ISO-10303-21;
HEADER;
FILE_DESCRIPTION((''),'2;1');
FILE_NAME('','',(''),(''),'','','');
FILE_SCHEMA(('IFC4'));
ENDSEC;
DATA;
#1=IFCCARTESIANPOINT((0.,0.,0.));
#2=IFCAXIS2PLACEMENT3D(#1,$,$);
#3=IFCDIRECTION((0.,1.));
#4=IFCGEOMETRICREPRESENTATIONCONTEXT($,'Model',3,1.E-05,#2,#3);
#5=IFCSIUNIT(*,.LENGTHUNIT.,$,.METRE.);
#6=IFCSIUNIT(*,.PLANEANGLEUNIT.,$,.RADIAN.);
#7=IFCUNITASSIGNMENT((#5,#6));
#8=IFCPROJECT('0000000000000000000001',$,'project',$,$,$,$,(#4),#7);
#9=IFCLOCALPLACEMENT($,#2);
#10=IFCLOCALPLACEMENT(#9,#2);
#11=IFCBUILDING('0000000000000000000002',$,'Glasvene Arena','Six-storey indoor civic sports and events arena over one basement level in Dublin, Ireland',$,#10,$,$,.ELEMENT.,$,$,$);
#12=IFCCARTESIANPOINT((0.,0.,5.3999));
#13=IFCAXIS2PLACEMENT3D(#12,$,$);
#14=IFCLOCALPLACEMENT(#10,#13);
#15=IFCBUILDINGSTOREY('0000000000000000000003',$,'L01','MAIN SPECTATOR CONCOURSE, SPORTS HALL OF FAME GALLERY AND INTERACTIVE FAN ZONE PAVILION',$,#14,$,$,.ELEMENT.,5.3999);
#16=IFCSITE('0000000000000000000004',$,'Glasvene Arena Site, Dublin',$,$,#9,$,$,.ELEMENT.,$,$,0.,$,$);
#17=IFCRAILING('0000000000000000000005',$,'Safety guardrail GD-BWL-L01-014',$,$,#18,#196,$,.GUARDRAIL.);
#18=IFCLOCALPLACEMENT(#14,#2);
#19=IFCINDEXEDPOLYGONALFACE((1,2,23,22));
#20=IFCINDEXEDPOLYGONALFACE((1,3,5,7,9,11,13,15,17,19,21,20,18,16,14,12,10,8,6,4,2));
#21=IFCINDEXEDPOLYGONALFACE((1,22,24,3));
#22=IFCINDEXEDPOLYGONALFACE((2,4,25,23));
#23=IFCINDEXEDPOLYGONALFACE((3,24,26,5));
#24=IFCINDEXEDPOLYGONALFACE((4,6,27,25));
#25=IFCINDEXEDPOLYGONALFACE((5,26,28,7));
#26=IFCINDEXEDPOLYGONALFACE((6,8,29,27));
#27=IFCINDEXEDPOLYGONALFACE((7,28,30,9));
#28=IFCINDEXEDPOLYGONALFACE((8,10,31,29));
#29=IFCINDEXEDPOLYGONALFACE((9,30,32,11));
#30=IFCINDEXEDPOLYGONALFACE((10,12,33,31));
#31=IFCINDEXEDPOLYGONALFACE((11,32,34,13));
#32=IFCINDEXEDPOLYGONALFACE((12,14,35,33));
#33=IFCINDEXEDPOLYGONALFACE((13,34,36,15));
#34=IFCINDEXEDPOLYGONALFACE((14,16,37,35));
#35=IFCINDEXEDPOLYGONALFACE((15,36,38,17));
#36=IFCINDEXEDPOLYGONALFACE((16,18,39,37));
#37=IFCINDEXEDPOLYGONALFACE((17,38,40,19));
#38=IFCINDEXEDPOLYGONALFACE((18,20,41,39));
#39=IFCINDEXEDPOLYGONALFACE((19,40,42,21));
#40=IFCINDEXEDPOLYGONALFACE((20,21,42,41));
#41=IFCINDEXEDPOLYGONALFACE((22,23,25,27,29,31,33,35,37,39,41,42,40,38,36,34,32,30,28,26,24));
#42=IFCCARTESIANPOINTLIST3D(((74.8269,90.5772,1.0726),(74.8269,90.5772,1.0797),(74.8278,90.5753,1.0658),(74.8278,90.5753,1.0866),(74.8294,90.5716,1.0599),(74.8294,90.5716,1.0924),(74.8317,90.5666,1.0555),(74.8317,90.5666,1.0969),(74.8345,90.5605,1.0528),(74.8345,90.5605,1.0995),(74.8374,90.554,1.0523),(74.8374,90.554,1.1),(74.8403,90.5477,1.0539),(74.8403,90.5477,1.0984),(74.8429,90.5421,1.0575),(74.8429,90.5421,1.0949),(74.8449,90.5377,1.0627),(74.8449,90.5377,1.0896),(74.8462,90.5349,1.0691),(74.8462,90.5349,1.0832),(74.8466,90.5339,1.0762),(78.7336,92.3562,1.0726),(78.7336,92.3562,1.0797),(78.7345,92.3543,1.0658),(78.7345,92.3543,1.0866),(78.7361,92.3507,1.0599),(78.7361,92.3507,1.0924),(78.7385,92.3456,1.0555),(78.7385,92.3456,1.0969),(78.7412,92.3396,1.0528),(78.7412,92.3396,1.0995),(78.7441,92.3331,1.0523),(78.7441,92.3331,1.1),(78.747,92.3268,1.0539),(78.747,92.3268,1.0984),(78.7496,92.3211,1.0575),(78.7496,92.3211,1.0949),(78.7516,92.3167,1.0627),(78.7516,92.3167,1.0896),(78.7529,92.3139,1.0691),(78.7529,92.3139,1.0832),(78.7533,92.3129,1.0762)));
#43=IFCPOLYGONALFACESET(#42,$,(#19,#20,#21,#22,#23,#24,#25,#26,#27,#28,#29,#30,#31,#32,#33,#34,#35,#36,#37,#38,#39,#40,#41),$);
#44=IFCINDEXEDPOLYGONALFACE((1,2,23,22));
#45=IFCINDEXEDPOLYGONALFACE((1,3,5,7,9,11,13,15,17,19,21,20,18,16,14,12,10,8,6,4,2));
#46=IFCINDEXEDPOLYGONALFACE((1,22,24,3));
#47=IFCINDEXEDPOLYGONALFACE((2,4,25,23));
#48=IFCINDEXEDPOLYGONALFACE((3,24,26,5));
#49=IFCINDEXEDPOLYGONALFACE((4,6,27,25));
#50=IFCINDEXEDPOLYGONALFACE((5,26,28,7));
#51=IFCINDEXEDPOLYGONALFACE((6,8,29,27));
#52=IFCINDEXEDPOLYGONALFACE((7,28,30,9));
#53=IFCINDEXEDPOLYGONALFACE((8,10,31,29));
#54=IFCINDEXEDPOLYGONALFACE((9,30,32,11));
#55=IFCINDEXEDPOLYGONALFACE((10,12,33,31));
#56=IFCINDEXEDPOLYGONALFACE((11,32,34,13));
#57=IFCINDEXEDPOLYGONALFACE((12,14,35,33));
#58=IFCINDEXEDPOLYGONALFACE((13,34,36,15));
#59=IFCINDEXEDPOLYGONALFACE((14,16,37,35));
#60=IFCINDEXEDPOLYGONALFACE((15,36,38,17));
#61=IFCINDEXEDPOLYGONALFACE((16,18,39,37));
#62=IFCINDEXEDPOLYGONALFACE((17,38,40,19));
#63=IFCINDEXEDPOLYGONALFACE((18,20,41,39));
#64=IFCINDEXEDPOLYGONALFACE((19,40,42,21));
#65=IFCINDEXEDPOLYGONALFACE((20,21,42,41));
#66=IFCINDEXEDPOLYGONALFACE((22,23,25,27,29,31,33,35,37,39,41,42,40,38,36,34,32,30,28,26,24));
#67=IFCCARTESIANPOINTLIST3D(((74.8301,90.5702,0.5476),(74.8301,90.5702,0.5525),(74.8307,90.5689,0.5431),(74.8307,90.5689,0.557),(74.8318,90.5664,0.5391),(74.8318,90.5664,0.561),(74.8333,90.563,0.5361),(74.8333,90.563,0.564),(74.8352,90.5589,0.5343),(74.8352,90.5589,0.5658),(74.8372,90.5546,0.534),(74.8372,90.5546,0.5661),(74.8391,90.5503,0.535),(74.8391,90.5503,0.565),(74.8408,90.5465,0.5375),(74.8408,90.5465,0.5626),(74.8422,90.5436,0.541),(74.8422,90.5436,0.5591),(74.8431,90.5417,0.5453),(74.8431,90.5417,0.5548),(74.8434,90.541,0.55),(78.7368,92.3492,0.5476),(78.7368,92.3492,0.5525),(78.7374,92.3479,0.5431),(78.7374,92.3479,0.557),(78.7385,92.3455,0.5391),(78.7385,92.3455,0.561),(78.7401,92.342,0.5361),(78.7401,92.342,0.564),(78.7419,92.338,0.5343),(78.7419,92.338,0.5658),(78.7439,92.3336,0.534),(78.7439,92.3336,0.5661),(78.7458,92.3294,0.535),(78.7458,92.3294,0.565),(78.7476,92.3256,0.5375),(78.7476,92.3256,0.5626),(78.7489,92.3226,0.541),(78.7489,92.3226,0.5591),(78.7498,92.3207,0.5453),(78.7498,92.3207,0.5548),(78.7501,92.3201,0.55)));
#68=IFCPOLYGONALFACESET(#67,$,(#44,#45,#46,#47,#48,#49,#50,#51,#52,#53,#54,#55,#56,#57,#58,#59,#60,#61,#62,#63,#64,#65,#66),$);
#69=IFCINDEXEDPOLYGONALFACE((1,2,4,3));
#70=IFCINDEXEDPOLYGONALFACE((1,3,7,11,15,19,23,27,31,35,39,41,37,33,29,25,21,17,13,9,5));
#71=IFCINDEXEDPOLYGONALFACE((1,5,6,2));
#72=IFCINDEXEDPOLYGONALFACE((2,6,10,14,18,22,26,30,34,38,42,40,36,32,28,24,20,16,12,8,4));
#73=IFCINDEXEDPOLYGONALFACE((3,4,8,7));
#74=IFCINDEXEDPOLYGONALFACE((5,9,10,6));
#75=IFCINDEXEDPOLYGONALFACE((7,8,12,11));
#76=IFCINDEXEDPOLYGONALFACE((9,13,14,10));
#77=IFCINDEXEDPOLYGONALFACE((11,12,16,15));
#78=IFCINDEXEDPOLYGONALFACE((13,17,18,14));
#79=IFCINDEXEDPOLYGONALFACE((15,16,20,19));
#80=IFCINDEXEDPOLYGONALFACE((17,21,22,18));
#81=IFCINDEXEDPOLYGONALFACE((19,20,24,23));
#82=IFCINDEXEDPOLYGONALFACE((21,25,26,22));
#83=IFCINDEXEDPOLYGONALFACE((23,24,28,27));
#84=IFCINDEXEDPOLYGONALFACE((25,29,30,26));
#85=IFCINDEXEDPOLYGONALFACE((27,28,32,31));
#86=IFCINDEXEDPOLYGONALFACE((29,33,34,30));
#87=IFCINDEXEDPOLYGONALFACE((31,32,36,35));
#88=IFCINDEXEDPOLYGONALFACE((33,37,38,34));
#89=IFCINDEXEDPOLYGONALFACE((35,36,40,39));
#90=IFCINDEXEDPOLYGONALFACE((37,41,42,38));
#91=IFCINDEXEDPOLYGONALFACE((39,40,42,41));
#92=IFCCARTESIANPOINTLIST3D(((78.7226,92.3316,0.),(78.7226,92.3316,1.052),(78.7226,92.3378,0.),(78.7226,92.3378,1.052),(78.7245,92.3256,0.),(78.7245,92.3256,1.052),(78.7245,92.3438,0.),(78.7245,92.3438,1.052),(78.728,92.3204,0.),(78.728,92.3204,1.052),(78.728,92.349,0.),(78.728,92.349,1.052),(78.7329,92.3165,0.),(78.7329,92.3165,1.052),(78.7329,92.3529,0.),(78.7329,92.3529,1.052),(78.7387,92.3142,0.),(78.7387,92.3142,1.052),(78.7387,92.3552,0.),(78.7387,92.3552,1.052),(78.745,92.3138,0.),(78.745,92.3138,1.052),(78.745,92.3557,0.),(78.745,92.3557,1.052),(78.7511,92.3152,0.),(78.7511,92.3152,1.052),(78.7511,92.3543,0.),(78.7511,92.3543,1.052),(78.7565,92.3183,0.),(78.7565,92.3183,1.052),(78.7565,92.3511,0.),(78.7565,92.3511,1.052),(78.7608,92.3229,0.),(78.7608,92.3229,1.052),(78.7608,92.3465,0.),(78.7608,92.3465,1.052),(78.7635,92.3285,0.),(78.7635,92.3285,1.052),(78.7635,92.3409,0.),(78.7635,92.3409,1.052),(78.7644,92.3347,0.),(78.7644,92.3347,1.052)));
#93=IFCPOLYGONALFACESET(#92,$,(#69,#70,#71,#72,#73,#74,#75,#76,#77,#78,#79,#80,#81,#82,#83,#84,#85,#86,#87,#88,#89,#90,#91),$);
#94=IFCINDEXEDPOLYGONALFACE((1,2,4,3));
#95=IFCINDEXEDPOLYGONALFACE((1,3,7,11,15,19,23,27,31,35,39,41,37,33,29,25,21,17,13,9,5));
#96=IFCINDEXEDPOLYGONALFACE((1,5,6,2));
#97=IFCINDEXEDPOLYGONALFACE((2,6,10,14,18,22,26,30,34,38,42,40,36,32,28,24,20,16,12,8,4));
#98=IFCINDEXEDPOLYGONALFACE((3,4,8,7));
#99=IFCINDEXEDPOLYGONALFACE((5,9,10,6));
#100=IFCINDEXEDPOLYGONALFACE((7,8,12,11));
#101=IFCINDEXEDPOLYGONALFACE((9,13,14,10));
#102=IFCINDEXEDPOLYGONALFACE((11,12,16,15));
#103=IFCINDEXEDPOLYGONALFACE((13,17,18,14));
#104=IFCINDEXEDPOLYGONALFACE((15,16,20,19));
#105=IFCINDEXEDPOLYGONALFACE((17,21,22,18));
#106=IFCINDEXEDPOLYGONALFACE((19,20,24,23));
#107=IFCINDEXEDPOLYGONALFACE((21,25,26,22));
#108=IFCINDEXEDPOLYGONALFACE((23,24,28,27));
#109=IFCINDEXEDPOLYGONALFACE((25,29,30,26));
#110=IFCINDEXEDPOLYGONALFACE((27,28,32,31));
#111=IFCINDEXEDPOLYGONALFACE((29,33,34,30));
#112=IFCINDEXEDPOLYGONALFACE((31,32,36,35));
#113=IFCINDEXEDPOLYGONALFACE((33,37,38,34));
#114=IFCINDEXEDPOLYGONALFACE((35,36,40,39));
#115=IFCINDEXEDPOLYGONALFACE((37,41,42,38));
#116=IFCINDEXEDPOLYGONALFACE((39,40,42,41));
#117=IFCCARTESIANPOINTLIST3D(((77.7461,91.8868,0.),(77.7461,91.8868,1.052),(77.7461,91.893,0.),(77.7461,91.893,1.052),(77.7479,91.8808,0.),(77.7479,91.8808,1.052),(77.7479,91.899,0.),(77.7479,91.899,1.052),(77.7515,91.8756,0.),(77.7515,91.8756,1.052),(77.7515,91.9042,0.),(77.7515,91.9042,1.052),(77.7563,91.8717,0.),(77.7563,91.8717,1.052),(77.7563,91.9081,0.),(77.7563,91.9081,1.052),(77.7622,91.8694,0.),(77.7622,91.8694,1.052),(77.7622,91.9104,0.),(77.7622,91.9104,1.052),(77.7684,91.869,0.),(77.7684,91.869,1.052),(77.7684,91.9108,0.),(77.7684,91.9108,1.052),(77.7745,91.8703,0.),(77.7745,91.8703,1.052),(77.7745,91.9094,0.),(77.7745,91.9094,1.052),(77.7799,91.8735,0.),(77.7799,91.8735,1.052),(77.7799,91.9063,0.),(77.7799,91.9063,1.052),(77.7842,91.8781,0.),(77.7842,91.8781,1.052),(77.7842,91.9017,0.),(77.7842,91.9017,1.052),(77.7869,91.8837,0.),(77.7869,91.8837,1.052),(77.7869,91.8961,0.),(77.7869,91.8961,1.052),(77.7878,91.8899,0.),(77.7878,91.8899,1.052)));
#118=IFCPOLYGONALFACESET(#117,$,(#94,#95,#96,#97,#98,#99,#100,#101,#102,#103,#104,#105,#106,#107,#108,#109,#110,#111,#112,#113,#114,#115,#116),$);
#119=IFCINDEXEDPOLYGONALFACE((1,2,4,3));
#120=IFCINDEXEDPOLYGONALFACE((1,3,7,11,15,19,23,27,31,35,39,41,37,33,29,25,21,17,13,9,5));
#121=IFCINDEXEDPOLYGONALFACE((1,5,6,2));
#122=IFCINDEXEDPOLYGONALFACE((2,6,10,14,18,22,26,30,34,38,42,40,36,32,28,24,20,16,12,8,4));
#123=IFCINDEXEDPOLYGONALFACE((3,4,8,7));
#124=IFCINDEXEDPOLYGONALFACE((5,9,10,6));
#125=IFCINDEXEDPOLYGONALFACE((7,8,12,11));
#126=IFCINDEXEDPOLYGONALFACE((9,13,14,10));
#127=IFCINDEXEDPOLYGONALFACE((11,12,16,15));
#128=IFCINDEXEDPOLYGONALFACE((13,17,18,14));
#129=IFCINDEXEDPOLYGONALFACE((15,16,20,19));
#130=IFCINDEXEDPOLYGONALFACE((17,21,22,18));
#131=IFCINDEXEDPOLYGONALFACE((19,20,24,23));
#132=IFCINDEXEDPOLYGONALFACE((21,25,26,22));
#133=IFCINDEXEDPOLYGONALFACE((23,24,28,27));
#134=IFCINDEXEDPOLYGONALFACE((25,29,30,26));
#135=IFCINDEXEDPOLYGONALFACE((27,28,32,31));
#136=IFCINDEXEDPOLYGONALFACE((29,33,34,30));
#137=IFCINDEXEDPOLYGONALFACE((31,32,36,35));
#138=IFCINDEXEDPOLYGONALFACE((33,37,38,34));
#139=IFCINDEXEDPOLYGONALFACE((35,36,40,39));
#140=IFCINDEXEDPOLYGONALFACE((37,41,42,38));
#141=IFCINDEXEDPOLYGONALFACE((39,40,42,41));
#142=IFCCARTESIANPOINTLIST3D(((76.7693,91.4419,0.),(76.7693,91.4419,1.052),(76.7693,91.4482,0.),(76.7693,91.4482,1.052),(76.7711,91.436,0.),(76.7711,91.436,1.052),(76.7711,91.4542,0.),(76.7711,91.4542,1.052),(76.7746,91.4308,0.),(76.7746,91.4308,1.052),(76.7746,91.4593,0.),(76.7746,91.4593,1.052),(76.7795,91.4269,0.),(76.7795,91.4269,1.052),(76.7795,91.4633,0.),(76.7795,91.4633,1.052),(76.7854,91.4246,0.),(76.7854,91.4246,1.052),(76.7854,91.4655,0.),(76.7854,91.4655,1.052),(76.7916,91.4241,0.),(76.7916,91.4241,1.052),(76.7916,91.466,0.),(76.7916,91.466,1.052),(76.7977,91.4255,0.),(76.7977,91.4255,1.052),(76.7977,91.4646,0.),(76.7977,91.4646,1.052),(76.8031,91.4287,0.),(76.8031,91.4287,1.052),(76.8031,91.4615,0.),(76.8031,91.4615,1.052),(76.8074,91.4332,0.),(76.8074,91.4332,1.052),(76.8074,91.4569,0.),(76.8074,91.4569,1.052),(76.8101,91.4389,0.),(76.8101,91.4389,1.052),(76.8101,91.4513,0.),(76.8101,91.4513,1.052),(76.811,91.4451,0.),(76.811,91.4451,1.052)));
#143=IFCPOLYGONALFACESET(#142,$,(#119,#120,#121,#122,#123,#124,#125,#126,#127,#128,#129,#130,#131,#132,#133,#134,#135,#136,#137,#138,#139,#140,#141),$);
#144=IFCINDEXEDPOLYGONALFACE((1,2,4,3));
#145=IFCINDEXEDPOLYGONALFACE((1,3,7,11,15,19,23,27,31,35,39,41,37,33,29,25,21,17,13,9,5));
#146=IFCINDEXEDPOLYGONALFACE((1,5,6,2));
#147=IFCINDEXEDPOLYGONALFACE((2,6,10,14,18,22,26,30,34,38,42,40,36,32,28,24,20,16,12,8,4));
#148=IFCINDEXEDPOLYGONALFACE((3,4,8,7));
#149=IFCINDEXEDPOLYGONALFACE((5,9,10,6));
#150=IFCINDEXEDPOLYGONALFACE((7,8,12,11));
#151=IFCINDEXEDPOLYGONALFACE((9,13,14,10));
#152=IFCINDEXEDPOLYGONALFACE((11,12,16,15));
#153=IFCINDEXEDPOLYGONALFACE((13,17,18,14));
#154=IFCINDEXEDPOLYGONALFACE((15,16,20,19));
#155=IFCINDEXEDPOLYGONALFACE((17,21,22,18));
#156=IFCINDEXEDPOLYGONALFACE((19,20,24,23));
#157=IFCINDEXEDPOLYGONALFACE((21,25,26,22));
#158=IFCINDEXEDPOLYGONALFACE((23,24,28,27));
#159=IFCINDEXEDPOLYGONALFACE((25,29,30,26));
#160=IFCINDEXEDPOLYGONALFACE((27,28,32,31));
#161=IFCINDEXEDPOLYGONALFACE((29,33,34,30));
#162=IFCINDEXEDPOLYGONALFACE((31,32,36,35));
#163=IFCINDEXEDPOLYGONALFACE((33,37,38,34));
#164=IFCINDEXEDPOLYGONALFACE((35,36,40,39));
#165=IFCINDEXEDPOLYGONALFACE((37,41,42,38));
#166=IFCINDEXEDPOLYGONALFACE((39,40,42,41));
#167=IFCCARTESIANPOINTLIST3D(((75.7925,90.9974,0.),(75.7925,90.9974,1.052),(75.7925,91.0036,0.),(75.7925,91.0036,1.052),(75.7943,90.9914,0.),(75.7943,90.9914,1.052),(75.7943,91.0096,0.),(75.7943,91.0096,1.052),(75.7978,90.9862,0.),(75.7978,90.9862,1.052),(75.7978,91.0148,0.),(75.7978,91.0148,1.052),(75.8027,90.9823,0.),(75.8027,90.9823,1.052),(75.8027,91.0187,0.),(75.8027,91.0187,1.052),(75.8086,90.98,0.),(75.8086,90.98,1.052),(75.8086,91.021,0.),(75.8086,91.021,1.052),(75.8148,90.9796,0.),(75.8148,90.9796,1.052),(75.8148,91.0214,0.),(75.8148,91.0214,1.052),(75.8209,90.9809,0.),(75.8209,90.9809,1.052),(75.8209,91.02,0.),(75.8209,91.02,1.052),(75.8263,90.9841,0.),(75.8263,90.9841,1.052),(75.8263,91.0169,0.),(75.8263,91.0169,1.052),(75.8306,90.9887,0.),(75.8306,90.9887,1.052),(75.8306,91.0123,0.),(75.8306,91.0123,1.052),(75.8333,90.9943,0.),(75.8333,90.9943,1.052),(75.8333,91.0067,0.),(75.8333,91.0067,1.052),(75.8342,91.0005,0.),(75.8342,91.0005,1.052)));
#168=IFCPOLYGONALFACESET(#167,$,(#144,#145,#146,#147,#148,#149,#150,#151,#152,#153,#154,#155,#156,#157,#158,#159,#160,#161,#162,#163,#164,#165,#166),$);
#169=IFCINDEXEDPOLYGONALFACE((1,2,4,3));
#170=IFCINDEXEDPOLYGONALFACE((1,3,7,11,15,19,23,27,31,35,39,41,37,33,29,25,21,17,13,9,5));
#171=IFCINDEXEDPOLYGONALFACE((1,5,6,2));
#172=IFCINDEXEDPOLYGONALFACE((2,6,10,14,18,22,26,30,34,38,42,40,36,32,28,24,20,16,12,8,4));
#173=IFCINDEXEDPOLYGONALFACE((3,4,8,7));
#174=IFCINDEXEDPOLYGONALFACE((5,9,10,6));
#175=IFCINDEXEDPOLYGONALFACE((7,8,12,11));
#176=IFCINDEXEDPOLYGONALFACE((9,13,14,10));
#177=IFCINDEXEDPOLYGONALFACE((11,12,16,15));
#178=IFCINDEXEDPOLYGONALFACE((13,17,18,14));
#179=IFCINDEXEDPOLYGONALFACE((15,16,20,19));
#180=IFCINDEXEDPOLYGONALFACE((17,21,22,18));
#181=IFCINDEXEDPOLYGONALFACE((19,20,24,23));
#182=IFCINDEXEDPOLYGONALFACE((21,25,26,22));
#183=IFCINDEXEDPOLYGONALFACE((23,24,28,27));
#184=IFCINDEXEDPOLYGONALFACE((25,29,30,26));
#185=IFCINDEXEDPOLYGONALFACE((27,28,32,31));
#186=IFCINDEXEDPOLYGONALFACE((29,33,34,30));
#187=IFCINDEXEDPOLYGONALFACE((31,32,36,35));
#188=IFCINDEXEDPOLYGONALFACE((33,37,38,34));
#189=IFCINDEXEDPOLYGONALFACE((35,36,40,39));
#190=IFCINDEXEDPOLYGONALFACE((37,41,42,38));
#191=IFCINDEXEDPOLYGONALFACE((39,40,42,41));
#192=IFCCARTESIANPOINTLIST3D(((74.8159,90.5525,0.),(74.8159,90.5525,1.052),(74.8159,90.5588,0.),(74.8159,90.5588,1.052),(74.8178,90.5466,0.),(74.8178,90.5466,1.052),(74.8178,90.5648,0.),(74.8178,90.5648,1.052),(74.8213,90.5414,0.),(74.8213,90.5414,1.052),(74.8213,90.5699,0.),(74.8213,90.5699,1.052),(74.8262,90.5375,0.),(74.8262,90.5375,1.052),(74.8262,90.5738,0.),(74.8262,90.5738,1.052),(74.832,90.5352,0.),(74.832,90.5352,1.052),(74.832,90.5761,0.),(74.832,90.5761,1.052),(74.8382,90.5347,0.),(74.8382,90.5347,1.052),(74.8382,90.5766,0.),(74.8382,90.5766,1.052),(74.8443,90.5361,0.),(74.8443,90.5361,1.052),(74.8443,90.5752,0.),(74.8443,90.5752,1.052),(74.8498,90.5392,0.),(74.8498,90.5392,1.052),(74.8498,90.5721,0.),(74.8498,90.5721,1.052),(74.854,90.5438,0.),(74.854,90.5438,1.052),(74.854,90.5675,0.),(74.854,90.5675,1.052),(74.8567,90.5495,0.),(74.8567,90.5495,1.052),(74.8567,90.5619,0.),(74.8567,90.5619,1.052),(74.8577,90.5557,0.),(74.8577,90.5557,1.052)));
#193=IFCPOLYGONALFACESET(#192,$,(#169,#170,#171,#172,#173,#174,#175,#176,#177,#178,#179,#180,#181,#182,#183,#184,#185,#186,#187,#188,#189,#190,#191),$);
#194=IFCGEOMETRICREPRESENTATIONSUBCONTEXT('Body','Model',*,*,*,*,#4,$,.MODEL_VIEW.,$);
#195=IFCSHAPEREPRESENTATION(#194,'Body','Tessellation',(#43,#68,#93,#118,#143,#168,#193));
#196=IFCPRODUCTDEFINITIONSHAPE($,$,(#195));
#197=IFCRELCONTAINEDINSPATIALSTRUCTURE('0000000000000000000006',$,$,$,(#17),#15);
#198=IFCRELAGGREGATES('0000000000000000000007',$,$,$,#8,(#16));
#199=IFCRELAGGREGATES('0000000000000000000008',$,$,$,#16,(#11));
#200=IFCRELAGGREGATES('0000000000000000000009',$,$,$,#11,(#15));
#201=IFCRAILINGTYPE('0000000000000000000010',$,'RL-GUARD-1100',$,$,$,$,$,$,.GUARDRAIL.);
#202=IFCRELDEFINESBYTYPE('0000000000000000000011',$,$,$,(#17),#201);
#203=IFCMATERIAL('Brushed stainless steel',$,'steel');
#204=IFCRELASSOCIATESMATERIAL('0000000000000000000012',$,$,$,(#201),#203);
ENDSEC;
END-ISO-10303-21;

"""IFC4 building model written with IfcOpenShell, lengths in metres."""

from ifc_helpers import new_model, si_unit, direction, frame, origin, origin_2d, place, context, subcontext, project, spatial, circle, extrude, material, type_object, element, save


model = new_model("IFC4")

# Units and contexts
model_context = context("Model", 3, precision=1e-05, world=origin(), true_north=direction((0.0, 1.0)))
body_context = subcontext(model_context, "Body", "Model", "MODEL_VIEW")
ifc_project = project(units=[si_unit("LENGTHUNIT", "METRE"), si_unit("PLANEANGLEUNIT", "RADIAN")], contexts=[model_context])

# Site, building, storey
site_placement = place(None, origin())
site = spatial("IfcSite", under=ifc_project, at=site_placement, Name="Glasvene Arena Site, Dublin", CompositionType="ELEMENT", RefElevation=0.0)
building_placement = place(site_placement, origin())
building = spatial("IfcBuilding", under=site, at=building_placement, Name="Glasvene Arena", Description="Six-storey indoor civic sports and events arena over one basement level in Dublin, Ireland", CompositionType="ELEMENT")
storey_placement = place(building_placement, frame((0.0, 0.0, 5.3999)))
storey = spatial("IfcBuildingStorey", under=building, at=storey_placement, Name="L01", Description="MAIN SPECTATOR CONCOURSE, SPORTS HALL OF FAME GALLERY AND INTERACTIVE FAN ZONE PAVILION", CompositionType="ELEMENT", Elevation=5.3999)

# Railing
ifc_material_1 = material(Name="Brushed stainless steel", Category="steel")
railing_type = type_object("IfcRailingType", Name="RL-GUARD-1100", PredefinedType="GUARDRAIL", material=ifc_material_1)
railing_1_placement = place(storey_placement, frame((78.7434, 92.3347, 0.0)))
element("IfcRailing", 1, at=railing_1_placement, inside=storey, type_object=railing_type, Name="Safety guardrail GD-BWL-L01-014", PredefinedType="GUARDRAIL", context=body_context, shape_type="SweptSolid", body=[
    extrude(circle(Radius=0.0239, at=origin_2d()), frame((0.0, 0.0, 1.0762), z_axis=(-0.91008, -0.414433, 0.0), x_axis=(0.414433, -0.91008, 0.0)), (0.0, 0.0, 1.0), 4.2927),
    extrude(circle(Radius=0.0161, at=origin_2d()), frame((0.0, 0.0, 0.55), z_axis=(-0.91008, -0.414433, 0.0), x_axis=(0.414433, -0.91008, 0.0)), (0.0, 0.0, 1.0), 4.2927),
    extrude(circle(Radius=0.021, at=origin_2d()), origin(), (0.0, 0.0, 1.0), 1.052),
    extrude(circle(Radius=0.021, at=origin_2d()), frame((-0.9766, -0.4448, 0.0)), (0.0, 0.0, 1.0), 1.052),
    extrude(circle(Radius=0.021, at=origin_2d()), frame((-1.9534, -0.8896, 0.0)), (0.0, 0.0, 1.0), 1.052),
    extrude(circle(Radius=0.021, at=origin_2d()), frame((-2.9302, -1.3342, 0.0)), (0.0, 0.0, 1.0), 1.052),
    extrude(circle(Radius=0.021, at=origin_2d()), frame((-3.9067, -1.7791, 0.0)), (0.0, 0.0, 1.0), 1.052),
])

save(model, "model.ifc")
